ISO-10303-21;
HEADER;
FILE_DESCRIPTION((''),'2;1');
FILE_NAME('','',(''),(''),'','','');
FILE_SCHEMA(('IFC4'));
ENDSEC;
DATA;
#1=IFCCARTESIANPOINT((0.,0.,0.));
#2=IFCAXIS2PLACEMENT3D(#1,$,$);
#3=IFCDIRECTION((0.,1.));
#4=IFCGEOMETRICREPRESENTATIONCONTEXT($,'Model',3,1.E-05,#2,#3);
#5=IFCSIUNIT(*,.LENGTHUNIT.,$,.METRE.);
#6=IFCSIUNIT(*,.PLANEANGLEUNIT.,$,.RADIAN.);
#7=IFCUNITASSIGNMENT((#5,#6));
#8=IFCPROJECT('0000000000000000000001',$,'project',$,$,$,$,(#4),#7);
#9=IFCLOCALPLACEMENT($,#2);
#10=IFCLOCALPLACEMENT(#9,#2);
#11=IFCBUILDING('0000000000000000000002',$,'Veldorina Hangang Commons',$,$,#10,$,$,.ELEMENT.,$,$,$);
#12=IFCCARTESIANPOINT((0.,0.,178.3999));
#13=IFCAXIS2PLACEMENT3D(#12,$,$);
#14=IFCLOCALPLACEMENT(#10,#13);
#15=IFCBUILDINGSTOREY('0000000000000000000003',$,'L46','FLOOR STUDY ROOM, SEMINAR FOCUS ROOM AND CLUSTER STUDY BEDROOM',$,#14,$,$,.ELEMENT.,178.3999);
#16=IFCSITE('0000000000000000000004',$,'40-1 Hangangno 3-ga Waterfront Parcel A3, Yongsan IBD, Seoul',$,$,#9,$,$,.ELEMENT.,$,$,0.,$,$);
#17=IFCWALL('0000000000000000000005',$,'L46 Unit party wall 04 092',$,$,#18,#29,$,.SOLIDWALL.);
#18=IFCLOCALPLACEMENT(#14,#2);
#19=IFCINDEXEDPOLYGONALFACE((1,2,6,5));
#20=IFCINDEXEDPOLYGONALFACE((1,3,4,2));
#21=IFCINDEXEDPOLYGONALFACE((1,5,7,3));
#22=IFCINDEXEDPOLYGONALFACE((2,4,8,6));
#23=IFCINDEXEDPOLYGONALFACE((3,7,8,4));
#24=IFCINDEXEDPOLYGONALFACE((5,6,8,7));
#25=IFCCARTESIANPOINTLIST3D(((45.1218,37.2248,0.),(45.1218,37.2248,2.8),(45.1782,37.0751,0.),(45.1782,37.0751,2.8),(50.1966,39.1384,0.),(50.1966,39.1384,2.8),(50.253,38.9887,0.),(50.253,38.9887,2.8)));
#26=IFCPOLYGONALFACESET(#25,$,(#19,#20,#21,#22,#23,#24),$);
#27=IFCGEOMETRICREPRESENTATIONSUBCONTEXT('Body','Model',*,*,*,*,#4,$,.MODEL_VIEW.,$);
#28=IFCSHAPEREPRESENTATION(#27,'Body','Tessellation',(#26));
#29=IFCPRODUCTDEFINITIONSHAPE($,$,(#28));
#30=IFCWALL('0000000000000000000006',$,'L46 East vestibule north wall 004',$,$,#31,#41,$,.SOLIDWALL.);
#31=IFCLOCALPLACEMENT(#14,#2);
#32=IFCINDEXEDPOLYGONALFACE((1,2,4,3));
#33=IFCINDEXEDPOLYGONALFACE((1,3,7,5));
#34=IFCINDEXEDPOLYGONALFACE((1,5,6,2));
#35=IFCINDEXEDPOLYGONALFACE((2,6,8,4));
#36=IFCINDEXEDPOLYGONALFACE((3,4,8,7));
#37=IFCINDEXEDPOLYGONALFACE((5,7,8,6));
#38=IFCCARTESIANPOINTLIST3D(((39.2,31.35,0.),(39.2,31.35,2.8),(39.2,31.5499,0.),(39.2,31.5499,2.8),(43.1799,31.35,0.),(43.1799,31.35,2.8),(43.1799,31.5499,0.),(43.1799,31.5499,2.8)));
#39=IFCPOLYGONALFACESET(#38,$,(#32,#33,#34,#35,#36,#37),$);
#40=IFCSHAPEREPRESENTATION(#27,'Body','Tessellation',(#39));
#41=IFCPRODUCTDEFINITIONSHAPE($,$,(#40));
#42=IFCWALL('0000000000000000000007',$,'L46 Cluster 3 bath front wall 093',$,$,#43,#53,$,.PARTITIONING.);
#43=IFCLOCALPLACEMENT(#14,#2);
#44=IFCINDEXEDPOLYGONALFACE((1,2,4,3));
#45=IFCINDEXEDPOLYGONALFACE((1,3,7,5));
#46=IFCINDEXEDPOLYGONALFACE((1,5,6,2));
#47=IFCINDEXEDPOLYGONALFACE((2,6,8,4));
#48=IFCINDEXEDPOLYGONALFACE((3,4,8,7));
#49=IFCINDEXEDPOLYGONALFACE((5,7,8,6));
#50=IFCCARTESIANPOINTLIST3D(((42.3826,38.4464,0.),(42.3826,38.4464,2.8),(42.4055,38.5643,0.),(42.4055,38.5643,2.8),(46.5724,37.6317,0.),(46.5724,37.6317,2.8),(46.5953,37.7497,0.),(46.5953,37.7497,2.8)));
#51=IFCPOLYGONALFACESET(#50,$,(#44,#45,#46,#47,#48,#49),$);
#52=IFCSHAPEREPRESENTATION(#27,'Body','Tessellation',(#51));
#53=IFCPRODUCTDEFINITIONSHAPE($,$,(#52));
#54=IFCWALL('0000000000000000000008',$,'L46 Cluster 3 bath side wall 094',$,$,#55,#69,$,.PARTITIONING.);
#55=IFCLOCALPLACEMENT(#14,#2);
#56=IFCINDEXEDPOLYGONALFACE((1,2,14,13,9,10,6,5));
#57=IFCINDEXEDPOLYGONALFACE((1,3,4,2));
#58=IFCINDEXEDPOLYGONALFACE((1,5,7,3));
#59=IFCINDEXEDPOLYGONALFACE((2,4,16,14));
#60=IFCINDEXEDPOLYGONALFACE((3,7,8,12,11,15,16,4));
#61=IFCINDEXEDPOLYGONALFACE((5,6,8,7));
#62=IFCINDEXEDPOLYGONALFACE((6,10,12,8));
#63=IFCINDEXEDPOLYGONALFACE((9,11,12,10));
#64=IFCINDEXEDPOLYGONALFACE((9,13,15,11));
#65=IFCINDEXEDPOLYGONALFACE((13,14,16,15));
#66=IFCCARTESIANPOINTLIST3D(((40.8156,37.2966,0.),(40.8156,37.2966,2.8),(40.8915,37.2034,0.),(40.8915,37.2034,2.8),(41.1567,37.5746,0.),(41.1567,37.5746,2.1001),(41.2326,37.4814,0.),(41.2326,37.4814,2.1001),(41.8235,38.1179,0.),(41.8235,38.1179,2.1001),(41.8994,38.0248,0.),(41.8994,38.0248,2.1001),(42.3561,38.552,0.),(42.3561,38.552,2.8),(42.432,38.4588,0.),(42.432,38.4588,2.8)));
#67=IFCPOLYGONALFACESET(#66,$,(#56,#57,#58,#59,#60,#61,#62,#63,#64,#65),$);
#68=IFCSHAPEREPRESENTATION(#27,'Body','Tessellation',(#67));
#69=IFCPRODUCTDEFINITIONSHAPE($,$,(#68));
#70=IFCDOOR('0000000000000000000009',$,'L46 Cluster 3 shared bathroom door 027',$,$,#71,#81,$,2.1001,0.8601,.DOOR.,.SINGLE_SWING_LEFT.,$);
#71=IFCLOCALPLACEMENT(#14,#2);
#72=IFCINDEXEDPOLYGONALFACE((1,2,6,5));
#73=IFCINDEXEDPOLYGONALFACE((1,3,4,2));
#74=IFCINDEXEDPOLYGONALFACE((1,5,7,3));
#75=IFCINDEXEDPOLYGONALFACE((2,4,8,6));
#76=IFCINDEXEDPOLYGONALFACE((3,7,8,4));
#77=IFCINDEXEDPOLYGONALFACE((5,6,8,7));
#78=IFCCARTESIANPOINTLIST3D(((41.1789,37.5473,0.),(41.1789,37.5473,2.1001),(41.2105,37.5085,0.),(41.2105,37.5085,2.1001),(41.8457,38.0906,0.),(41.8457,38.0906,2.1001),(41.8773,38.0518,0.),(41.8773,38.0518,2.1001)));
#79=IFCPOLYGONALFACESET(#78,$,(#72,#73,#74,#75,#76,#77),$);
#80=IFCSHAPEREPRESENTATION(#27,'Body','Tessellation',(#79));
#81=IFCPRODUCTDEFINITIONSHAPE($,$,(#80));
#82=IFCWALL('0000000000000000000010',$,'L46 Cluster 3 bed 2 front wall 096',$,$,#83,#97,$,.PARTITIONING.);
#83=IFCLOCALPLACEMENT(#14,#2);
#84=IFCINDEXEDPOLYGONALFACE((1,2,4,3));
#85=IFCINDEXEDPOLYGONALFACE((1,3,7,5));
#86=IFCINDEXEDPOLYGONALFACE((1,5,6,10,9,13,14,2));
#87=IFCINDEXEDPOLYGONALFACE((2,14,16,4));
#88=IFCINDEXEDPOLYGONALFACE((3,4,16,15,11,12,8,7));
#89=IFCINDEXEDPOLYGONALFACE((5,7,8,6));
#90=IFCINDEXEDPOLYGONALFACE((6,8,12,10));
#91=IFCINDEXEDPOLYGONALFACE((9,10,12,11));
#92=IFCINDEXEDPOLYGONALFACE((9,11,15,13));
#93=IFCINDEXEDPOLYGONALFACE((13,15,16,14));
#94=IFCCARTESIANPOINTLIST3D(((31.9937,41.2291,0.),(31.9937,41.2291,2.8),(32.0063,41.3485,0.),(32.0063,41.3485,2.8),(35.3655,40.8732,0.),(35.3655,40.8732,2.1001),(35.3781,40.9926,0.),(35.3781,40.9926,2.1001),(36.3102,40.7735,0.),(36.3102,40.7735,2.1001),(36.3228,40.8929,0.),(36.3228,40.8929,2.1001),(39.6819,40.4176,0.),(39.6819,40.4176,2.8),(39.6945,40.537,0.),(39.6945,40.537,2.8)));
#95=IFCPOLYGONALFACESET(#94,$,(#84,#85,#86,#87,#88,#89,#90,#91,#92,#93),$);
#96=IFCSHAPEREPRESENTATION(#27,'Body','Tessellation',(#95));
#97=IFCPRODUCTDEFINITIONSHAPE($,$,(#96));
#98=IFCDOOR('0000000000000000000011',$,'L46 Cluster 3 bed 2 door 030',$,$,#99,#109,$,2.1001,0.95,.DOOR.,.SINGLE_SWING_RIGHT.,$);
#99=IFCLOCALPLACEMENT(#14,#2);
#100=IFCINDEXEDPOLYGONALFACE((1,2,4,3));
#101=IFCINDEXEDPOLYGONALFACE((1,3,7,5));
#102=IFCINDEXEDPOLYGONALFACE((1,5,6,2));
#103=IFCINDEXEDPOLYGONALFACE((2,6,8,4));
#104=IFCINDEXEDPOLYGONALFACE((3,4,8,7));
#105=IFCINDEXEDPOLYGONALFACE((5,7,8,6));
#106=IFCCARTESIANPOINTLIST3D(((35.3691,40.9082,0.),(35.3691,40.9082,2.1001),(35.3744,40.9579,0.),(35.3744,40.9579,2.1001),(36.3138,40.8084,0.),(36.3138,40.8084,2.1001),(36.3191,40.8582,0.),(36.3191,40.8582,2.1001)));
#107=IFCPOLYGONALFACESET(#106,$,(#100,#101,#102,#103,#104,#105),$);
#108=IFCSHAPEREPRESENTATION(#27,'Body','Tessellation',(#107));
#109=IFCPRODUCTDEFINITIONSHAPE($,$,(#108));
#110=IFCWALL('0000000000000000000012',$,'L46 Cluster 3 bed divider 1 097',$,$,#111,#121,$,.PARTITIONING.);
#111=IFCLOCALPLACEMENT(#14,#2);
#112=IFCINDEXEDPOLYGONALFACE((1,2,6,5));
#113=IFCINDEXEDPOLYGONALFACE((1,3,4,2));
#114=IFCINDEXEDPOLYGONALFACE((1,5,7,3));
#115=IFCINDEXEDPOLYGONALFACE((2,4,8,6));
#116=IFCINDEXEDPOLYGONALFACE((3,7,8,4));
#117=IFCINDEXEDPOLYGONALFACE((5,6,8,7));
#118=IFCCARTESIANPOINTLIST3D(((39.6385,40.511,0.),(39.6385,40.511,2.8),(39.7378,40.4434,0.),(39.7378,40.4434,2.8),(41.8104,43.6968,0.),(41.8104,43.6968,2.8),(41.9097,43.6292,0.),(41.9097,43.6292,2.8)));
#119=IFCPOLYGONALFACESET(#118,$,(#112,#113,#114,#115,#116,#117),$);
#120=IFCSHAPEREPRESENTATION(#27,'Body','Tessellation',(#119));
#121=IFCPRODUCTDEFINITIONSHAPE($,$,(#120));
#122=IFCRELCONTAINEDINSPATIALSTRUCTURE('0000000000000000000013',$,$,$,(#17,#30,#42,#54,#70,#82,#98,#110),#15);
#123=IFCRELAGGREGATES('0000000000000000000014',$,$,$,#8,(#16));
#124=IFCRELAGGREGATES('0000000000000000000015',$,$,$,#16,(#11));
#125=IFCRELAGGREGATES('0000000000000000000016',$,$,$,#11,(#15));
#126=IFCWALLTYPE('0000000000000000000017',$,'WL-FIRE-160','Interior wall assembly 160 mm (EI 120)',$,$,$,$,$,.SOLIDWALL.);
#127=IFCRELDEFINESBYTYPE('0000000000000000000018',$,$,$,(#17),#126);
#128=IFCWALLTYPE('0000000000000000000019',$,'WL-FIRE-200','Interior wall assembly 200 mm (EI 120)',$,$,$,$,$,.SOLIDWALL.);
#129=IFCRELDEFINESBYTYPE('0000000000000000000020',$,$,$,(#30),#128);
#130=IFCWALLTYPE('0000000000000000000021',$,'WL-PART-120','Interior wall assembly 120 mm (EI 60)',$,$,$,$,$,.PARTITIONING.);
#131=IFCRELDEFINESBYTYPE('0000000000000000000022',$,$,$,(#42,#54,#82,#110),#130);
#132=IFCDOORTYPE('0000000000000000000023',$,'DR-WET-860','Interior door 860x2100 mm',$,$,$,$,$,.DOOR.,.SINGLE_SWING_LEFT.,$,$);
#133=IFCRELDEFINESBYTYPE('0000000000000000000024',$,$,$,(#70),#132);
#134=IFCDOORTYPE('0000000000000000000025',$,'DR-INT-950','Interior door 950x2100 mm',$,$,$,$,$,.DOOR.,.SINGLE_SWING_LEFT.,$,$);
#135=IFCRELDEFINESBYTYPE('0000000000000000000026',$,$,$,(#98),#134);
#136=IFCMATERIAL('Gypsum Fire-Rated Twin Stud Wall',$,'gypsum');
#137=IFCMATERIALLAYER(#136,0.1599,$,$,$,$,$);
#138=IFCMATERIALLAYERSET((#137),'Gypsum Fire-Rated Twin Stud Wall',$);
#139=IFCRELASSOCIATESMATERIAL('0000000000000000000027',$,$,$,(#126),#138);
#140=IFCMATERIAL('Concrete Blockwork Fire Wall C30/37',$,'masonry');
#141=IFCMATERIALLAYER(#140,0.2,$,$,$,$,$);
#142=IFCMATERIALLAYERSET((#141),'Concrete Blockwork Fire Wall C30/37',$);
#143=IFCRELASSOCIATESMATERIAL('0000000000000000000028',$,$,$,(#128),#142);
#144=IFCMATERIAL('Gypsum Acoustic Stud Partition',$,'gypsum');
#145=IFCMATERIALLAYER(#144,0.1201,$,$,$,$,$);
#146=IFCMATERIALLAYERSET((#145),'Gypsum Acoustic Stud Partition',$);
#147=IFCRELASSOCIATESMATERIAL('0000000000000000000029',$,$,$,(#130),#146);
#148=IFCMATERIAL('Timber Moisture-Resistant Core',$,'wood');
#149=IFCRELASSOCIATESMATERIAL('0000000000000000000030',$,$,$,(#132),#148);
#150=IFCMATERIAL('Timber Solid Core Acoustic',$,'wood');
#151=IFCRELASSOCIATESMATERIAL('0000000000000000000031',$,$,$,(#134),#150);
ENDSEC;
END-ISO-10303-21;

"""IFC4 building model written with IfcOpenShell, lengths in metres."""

from ifc_helpers import new_model, si_unit, direction, frame, frame_2d, origin, place, context, subcontext, project, spatial, rectangle, extrude, material, layer, layer_set, type_object, element, fill, save


model = new_model("IFC4")

# Units and contexts
model_context = context("Model", 3, precision=1e-05, world=origin(), true_north=direction((0.0, 1.0)))
body_context = subcontext(model_context, "Body", "Model", "MODEL_VIEW")
ifc_project = project(units=[si_unit("LENGTHUNIT", "METRE"), si_unit("PLANEANGLEUNIT", "RADIAN")], contexts=[model_context])

# Site, building, storey
site_placement = place(None, origin())
site = spatial("IfcSite", under=ifc_project, at=site_placement, Name="40-1 Hangangno 3-ga Waterfront Parcel A3, Yongsan IBD, Seoul", CompositionType="ELEMENT", RefElevation=0.0)
building_placement = place(site_placement, origin())
building = spatial("IfcBuilding", under=site, at=building_placement, Name="Veldorina Hangang Commons", CompositionType="ELEMENT")
storey_placement = place(building_placement, frame((0.0, 0.0, 178.3999)))
storey = spatial("IfcBuildingStorey", under=building, at=storey_placement, Name="L46", Description="FLOOR STUDY ROOM, SEMINAR FOCUS ROOM AND CLUSTER STUDY BEDROOM", CompositionType="ELEMENT", Elevation=178.3999)

# Shared definitions
ifc_material_1 = material(Name="Gypsum Fire-Rated Twin Stud Wall", Category="gypsum")
ifc_layer_1 = layer(ifc_material_1, 0.1599)
ifc_layer_set_1 = layer_set([ifc_layer_1], Name="Gypsum Fire-Rated Twin Stud Wall")
wall_type_1 = type_object("IfcWallType", Name="WL-FIRE-160", Description="Interior wall assembly 160 mm (EI 120)", PredefinedType="SOLIDWALL", material=ifc_layer_set_1)

# Walls
wall_1_placement = place(storey_placement, frame((45.1499, 37.1499, 0.0), z_axis=(0.0, 0.0, 1.0), x_axis=(0.935688, 0.35283, 0.0)))
element("IfcWall", 1, at=wall_1_placement, inside=storey, type_object=wall_type_1, Name="L46 Unit party wall 04 092", PredefinedType="SOLIDWALL", context=body_context, shape_type="SweptSolid", body=[
    extrude(rectangle(XDim=5.4236, YDim=0.1599, at=frame_2d((2.7119, 0.0))), origin(), (0.0, 0.0, 1.0), 2.8),
])
ifc_material_2 = material(Name="Concrete Blockwork Fire Wall C30/37", Category="masonry")
ifc_layer_2 = layer(ifc_material_2, 0.2)
ifc_layer_set_2 = layer_set([ifc_layer_2], Name="Concrete Blockwork Fire Wall C30/37")
wall_type_2 = type_object("IfcWallType", Name="WL-FIRE-200", Description="Interior wall assembly 200 mm (EI 120)", PredefinedType="SOLIDWALL", material=ifc_layer_set_2)
wall_2_placement = place(storey_placement, frame((39.2, 31.45, 0.0), z_axis=(0.0, 0.0, 1.0), x_axis=(1.0, 0.0, 0.0)))
element("IfcWall", 2, at=wall_2_placement, inside=storey, type_object=wall_type_2, Name="L46 East vestibule north wall 004", PredefinedType="SOLIDWALL", context=body_context, shape_type="SweptSolid", body=[
    extrude(rectangle(XDim=3.98, YDim=0.2, at=frame_2d((1.99, 0.0))), origin(), (0.0, 0.0, 1.0), 2.8),
])
ifc_material_3 = material(Name="Gypsum Acoustic Stud Partition", Category="gypsum")
ifc_layer_3 = layer(ifc_material_3, 0.1201)
ifc_layer_set_3 = layer_set([ifc_layer_3], Name="Gypsum Acoustic Stud Partition")
wall_type_3 = type_object("IfcWallType", Name="WL-PART-120", Description="Interior wall assembly 120 mm (EI 60)", PredefinedType="PARTITIONING", material=ifc_layer_set_3)
wall_3_placement = place(storey_placement, frame((46.584, 37.6907, 0.0), z_axis=(0.0, 0.0, 1.0), x_axis=(-0.981616, 0.190867, 0.0)))
element("IfcWall", 3, at=wall_3_placement, inside=storey, type_object=wall_type_3, Name="L46 Cluster 3 bath front wall 093", PredefinedType="PARTITIONING", context=body_context, shape_type="SweptSolid", body=[
    extrude(rectangle(XDim=4.2683, YDim=0.1201, at=frame_2d((2.1343, 0.0))), origin(), (0.0, 0.0, 1.0), 2.8),
])

# Walls, openings, doors
wall_4_placement = place(storey_placement, frame((40.8535, 37.25, 0.0), z_axis=(0.0, 0.0, 1.0), x_axis=(0.775204, 0.631711, 0.0)))
wall_4 = element("IfcWall", 4, at=wall_4_placement, inside=storey, type_object=wall_type_3, Name="L46 Cluster 3 bath side wall 094", PredefinedType="PARTITIONING", context=body_context, shape_type="SweptSolid", body=[
    extrude(rectangle(XDim=1.9873, YDim=0.1201, at=frame_2d((0.9937, 0.0))), origin(), (0.0, 0.0, 1.0), 2.8),
])
opening_1_placement = place(wall_4_placement, frame((0.4399, 0.0, 0.0)))
opening_1 = element("IfcOpeningElement", 5, at=opening_1_placement, cuts=wall_4, PredefinedType="OPENING", context=body_context, shape_type="SweptSolid", body=[
    extrude(rectangle(XDim=0.8601, YDim=2.1001, at=frame_2d((0.4302, 1.05))), frame((0.0, 0.0701, 0.0), z_axis=(0.0, -1.0, 0.0), x_axis=(1.0, 0.0, 0.0)), (0.0, 0.0, 1.0), 0.1401),
])
ifc_material_4 = material(Name="Timber Moisture-Resistant Core", Category="wood")
door_type_1 = type_object("IfcDoorType", Name="DR-WET-860", Description="Interior door 860x2100 mm", OperationType="SINGLE_SWING_LEFT", PredefinedType="DOOR", material=ifc_material_4)
door_1_placement = place(opening_1_placement, origin())
door_1 = element("IfcDoor", 6, at=door_1_placement, inside=storey, type_object=door_type_1, Name="L46 Cluster 3 shared bathroom door 027", OperationType="SINGLE_SWING_LEFT", OverallHeight=2.1001, OverallWidth=0.8601, PredefinedType="DOOR", context=body_context, shape_type="SweptSolid", body=[
    extrude(rectangle(XDim=0.8601, YDim=2.1001, at=frame_2d((0.4302, 1.05))), frame((0.0, 0.0249, 0.0), z_axis=(0.0, -1.0, 0.0), x_axis=(1.0, 0.0, 0.0)), (0.0, 0.0, 1.0), 0.05),
])
fill(opening_1, door_1)
wall_5_placement = place(storey_placement, frame((39.6882, 40.4773, 0.0), z_axis=(0.0, 0.0, 1.0), x_axis=(-0.994475, 0.104971, 0.0)))
wall_5 = element("IfcWall", 7, at=wall_5_placement, inside=storey, type_object=wall_type_3, Name="L46 Cluster 3 bed 2 front wall 096", PredefinedType="PARTITIONING", context=body_context, shape_type="SweptSolid", body=[
    extrude(rectangle(XDim=7.731, YDim=0.1201, at=frame_2d((3.8655, 0.0))), origin(), (0.0, 0.0, 1.0), 2.8),
])
opening_2_placement = place(wall_5_placement, frame((3.3904, 0.0, 0.0)))
opening_2 = element("IfcOpeningElement", 8, at=opening_2_placement, cuts=wall_5, PredefinedType="OPENING", context=body_context, shape_type="SweptSolid", body=[
    extrude(rectangle(XDim=0.95, YDim=2.1001, at=frame_2d((0.4751, 1.05))), frame((0.0, 0.0701, 0.0), z_axis=(0.0, -1.0, 0.0), x_axis=(1.0, 0.0, 0.0)), (0.0, 0.0, 1.0), 0.1401),
])
ifc_material_5 = material(Name="Timber Solid Core Acoustic", Category="wood")
door_type_2 = type_object("IfcDoorType", Name="DR-INT-950", Description="Interior door 950x2100 mm", OperationType="SINGLE_SWING_LEFT", PredefinedType="DOOR", material=ifc_material_5)
door_2_placement = place(opening_2_placement, origin())
door_2 = element("IfcDoor", 9, at=door_2_placement, inside=storey, type_object=door_type_2, Name="L46 Cluster 3 bed 2 door 030", OperationType="SINGLE_SWING_RIGHT", OverallHeight=2.1001, OverallWidth=0.95, PredefinedType="DOOR", context=body_context, shape_type="SweptSolid", body=[
    extrude(rectangle(XDim=0.95, YDim=2.1001, at=frame_2d((0.4751, 1.05))), frame((0.0, 0.0249, 0.0), z_axis=(0.0, -1.0, 0.0), x_axis=(1.0, 0.0, 0.0)), (0.0, 0.0, 1.0), 0.05),
])
fill(opening_2, door_2)

# Wall
wall_6_placement = place(storey_placement, frame((39.6882, 40.4773, 0.0), z_axis=(0.0, 0.0, 1.0), x_axis=(0.563292, 0.826258, 0.0)))
element("IfcWall", 10, at=wall_6_placement, inside=storey, type_object=wall_type_3, Name="L46 Cluster 3 bed divider 1 097", PredefinedType="PARTITIONING", context=body_context, shape_type="SweptSolid", body=[
    extrude(rectangle(XDim=3.8557, YDim=0.1201, at=frame_2d((1.9277, 0.0))), origin(), (0.0, 0.0, 1.0), 2.8),
])

save(model, "model.ifc")
